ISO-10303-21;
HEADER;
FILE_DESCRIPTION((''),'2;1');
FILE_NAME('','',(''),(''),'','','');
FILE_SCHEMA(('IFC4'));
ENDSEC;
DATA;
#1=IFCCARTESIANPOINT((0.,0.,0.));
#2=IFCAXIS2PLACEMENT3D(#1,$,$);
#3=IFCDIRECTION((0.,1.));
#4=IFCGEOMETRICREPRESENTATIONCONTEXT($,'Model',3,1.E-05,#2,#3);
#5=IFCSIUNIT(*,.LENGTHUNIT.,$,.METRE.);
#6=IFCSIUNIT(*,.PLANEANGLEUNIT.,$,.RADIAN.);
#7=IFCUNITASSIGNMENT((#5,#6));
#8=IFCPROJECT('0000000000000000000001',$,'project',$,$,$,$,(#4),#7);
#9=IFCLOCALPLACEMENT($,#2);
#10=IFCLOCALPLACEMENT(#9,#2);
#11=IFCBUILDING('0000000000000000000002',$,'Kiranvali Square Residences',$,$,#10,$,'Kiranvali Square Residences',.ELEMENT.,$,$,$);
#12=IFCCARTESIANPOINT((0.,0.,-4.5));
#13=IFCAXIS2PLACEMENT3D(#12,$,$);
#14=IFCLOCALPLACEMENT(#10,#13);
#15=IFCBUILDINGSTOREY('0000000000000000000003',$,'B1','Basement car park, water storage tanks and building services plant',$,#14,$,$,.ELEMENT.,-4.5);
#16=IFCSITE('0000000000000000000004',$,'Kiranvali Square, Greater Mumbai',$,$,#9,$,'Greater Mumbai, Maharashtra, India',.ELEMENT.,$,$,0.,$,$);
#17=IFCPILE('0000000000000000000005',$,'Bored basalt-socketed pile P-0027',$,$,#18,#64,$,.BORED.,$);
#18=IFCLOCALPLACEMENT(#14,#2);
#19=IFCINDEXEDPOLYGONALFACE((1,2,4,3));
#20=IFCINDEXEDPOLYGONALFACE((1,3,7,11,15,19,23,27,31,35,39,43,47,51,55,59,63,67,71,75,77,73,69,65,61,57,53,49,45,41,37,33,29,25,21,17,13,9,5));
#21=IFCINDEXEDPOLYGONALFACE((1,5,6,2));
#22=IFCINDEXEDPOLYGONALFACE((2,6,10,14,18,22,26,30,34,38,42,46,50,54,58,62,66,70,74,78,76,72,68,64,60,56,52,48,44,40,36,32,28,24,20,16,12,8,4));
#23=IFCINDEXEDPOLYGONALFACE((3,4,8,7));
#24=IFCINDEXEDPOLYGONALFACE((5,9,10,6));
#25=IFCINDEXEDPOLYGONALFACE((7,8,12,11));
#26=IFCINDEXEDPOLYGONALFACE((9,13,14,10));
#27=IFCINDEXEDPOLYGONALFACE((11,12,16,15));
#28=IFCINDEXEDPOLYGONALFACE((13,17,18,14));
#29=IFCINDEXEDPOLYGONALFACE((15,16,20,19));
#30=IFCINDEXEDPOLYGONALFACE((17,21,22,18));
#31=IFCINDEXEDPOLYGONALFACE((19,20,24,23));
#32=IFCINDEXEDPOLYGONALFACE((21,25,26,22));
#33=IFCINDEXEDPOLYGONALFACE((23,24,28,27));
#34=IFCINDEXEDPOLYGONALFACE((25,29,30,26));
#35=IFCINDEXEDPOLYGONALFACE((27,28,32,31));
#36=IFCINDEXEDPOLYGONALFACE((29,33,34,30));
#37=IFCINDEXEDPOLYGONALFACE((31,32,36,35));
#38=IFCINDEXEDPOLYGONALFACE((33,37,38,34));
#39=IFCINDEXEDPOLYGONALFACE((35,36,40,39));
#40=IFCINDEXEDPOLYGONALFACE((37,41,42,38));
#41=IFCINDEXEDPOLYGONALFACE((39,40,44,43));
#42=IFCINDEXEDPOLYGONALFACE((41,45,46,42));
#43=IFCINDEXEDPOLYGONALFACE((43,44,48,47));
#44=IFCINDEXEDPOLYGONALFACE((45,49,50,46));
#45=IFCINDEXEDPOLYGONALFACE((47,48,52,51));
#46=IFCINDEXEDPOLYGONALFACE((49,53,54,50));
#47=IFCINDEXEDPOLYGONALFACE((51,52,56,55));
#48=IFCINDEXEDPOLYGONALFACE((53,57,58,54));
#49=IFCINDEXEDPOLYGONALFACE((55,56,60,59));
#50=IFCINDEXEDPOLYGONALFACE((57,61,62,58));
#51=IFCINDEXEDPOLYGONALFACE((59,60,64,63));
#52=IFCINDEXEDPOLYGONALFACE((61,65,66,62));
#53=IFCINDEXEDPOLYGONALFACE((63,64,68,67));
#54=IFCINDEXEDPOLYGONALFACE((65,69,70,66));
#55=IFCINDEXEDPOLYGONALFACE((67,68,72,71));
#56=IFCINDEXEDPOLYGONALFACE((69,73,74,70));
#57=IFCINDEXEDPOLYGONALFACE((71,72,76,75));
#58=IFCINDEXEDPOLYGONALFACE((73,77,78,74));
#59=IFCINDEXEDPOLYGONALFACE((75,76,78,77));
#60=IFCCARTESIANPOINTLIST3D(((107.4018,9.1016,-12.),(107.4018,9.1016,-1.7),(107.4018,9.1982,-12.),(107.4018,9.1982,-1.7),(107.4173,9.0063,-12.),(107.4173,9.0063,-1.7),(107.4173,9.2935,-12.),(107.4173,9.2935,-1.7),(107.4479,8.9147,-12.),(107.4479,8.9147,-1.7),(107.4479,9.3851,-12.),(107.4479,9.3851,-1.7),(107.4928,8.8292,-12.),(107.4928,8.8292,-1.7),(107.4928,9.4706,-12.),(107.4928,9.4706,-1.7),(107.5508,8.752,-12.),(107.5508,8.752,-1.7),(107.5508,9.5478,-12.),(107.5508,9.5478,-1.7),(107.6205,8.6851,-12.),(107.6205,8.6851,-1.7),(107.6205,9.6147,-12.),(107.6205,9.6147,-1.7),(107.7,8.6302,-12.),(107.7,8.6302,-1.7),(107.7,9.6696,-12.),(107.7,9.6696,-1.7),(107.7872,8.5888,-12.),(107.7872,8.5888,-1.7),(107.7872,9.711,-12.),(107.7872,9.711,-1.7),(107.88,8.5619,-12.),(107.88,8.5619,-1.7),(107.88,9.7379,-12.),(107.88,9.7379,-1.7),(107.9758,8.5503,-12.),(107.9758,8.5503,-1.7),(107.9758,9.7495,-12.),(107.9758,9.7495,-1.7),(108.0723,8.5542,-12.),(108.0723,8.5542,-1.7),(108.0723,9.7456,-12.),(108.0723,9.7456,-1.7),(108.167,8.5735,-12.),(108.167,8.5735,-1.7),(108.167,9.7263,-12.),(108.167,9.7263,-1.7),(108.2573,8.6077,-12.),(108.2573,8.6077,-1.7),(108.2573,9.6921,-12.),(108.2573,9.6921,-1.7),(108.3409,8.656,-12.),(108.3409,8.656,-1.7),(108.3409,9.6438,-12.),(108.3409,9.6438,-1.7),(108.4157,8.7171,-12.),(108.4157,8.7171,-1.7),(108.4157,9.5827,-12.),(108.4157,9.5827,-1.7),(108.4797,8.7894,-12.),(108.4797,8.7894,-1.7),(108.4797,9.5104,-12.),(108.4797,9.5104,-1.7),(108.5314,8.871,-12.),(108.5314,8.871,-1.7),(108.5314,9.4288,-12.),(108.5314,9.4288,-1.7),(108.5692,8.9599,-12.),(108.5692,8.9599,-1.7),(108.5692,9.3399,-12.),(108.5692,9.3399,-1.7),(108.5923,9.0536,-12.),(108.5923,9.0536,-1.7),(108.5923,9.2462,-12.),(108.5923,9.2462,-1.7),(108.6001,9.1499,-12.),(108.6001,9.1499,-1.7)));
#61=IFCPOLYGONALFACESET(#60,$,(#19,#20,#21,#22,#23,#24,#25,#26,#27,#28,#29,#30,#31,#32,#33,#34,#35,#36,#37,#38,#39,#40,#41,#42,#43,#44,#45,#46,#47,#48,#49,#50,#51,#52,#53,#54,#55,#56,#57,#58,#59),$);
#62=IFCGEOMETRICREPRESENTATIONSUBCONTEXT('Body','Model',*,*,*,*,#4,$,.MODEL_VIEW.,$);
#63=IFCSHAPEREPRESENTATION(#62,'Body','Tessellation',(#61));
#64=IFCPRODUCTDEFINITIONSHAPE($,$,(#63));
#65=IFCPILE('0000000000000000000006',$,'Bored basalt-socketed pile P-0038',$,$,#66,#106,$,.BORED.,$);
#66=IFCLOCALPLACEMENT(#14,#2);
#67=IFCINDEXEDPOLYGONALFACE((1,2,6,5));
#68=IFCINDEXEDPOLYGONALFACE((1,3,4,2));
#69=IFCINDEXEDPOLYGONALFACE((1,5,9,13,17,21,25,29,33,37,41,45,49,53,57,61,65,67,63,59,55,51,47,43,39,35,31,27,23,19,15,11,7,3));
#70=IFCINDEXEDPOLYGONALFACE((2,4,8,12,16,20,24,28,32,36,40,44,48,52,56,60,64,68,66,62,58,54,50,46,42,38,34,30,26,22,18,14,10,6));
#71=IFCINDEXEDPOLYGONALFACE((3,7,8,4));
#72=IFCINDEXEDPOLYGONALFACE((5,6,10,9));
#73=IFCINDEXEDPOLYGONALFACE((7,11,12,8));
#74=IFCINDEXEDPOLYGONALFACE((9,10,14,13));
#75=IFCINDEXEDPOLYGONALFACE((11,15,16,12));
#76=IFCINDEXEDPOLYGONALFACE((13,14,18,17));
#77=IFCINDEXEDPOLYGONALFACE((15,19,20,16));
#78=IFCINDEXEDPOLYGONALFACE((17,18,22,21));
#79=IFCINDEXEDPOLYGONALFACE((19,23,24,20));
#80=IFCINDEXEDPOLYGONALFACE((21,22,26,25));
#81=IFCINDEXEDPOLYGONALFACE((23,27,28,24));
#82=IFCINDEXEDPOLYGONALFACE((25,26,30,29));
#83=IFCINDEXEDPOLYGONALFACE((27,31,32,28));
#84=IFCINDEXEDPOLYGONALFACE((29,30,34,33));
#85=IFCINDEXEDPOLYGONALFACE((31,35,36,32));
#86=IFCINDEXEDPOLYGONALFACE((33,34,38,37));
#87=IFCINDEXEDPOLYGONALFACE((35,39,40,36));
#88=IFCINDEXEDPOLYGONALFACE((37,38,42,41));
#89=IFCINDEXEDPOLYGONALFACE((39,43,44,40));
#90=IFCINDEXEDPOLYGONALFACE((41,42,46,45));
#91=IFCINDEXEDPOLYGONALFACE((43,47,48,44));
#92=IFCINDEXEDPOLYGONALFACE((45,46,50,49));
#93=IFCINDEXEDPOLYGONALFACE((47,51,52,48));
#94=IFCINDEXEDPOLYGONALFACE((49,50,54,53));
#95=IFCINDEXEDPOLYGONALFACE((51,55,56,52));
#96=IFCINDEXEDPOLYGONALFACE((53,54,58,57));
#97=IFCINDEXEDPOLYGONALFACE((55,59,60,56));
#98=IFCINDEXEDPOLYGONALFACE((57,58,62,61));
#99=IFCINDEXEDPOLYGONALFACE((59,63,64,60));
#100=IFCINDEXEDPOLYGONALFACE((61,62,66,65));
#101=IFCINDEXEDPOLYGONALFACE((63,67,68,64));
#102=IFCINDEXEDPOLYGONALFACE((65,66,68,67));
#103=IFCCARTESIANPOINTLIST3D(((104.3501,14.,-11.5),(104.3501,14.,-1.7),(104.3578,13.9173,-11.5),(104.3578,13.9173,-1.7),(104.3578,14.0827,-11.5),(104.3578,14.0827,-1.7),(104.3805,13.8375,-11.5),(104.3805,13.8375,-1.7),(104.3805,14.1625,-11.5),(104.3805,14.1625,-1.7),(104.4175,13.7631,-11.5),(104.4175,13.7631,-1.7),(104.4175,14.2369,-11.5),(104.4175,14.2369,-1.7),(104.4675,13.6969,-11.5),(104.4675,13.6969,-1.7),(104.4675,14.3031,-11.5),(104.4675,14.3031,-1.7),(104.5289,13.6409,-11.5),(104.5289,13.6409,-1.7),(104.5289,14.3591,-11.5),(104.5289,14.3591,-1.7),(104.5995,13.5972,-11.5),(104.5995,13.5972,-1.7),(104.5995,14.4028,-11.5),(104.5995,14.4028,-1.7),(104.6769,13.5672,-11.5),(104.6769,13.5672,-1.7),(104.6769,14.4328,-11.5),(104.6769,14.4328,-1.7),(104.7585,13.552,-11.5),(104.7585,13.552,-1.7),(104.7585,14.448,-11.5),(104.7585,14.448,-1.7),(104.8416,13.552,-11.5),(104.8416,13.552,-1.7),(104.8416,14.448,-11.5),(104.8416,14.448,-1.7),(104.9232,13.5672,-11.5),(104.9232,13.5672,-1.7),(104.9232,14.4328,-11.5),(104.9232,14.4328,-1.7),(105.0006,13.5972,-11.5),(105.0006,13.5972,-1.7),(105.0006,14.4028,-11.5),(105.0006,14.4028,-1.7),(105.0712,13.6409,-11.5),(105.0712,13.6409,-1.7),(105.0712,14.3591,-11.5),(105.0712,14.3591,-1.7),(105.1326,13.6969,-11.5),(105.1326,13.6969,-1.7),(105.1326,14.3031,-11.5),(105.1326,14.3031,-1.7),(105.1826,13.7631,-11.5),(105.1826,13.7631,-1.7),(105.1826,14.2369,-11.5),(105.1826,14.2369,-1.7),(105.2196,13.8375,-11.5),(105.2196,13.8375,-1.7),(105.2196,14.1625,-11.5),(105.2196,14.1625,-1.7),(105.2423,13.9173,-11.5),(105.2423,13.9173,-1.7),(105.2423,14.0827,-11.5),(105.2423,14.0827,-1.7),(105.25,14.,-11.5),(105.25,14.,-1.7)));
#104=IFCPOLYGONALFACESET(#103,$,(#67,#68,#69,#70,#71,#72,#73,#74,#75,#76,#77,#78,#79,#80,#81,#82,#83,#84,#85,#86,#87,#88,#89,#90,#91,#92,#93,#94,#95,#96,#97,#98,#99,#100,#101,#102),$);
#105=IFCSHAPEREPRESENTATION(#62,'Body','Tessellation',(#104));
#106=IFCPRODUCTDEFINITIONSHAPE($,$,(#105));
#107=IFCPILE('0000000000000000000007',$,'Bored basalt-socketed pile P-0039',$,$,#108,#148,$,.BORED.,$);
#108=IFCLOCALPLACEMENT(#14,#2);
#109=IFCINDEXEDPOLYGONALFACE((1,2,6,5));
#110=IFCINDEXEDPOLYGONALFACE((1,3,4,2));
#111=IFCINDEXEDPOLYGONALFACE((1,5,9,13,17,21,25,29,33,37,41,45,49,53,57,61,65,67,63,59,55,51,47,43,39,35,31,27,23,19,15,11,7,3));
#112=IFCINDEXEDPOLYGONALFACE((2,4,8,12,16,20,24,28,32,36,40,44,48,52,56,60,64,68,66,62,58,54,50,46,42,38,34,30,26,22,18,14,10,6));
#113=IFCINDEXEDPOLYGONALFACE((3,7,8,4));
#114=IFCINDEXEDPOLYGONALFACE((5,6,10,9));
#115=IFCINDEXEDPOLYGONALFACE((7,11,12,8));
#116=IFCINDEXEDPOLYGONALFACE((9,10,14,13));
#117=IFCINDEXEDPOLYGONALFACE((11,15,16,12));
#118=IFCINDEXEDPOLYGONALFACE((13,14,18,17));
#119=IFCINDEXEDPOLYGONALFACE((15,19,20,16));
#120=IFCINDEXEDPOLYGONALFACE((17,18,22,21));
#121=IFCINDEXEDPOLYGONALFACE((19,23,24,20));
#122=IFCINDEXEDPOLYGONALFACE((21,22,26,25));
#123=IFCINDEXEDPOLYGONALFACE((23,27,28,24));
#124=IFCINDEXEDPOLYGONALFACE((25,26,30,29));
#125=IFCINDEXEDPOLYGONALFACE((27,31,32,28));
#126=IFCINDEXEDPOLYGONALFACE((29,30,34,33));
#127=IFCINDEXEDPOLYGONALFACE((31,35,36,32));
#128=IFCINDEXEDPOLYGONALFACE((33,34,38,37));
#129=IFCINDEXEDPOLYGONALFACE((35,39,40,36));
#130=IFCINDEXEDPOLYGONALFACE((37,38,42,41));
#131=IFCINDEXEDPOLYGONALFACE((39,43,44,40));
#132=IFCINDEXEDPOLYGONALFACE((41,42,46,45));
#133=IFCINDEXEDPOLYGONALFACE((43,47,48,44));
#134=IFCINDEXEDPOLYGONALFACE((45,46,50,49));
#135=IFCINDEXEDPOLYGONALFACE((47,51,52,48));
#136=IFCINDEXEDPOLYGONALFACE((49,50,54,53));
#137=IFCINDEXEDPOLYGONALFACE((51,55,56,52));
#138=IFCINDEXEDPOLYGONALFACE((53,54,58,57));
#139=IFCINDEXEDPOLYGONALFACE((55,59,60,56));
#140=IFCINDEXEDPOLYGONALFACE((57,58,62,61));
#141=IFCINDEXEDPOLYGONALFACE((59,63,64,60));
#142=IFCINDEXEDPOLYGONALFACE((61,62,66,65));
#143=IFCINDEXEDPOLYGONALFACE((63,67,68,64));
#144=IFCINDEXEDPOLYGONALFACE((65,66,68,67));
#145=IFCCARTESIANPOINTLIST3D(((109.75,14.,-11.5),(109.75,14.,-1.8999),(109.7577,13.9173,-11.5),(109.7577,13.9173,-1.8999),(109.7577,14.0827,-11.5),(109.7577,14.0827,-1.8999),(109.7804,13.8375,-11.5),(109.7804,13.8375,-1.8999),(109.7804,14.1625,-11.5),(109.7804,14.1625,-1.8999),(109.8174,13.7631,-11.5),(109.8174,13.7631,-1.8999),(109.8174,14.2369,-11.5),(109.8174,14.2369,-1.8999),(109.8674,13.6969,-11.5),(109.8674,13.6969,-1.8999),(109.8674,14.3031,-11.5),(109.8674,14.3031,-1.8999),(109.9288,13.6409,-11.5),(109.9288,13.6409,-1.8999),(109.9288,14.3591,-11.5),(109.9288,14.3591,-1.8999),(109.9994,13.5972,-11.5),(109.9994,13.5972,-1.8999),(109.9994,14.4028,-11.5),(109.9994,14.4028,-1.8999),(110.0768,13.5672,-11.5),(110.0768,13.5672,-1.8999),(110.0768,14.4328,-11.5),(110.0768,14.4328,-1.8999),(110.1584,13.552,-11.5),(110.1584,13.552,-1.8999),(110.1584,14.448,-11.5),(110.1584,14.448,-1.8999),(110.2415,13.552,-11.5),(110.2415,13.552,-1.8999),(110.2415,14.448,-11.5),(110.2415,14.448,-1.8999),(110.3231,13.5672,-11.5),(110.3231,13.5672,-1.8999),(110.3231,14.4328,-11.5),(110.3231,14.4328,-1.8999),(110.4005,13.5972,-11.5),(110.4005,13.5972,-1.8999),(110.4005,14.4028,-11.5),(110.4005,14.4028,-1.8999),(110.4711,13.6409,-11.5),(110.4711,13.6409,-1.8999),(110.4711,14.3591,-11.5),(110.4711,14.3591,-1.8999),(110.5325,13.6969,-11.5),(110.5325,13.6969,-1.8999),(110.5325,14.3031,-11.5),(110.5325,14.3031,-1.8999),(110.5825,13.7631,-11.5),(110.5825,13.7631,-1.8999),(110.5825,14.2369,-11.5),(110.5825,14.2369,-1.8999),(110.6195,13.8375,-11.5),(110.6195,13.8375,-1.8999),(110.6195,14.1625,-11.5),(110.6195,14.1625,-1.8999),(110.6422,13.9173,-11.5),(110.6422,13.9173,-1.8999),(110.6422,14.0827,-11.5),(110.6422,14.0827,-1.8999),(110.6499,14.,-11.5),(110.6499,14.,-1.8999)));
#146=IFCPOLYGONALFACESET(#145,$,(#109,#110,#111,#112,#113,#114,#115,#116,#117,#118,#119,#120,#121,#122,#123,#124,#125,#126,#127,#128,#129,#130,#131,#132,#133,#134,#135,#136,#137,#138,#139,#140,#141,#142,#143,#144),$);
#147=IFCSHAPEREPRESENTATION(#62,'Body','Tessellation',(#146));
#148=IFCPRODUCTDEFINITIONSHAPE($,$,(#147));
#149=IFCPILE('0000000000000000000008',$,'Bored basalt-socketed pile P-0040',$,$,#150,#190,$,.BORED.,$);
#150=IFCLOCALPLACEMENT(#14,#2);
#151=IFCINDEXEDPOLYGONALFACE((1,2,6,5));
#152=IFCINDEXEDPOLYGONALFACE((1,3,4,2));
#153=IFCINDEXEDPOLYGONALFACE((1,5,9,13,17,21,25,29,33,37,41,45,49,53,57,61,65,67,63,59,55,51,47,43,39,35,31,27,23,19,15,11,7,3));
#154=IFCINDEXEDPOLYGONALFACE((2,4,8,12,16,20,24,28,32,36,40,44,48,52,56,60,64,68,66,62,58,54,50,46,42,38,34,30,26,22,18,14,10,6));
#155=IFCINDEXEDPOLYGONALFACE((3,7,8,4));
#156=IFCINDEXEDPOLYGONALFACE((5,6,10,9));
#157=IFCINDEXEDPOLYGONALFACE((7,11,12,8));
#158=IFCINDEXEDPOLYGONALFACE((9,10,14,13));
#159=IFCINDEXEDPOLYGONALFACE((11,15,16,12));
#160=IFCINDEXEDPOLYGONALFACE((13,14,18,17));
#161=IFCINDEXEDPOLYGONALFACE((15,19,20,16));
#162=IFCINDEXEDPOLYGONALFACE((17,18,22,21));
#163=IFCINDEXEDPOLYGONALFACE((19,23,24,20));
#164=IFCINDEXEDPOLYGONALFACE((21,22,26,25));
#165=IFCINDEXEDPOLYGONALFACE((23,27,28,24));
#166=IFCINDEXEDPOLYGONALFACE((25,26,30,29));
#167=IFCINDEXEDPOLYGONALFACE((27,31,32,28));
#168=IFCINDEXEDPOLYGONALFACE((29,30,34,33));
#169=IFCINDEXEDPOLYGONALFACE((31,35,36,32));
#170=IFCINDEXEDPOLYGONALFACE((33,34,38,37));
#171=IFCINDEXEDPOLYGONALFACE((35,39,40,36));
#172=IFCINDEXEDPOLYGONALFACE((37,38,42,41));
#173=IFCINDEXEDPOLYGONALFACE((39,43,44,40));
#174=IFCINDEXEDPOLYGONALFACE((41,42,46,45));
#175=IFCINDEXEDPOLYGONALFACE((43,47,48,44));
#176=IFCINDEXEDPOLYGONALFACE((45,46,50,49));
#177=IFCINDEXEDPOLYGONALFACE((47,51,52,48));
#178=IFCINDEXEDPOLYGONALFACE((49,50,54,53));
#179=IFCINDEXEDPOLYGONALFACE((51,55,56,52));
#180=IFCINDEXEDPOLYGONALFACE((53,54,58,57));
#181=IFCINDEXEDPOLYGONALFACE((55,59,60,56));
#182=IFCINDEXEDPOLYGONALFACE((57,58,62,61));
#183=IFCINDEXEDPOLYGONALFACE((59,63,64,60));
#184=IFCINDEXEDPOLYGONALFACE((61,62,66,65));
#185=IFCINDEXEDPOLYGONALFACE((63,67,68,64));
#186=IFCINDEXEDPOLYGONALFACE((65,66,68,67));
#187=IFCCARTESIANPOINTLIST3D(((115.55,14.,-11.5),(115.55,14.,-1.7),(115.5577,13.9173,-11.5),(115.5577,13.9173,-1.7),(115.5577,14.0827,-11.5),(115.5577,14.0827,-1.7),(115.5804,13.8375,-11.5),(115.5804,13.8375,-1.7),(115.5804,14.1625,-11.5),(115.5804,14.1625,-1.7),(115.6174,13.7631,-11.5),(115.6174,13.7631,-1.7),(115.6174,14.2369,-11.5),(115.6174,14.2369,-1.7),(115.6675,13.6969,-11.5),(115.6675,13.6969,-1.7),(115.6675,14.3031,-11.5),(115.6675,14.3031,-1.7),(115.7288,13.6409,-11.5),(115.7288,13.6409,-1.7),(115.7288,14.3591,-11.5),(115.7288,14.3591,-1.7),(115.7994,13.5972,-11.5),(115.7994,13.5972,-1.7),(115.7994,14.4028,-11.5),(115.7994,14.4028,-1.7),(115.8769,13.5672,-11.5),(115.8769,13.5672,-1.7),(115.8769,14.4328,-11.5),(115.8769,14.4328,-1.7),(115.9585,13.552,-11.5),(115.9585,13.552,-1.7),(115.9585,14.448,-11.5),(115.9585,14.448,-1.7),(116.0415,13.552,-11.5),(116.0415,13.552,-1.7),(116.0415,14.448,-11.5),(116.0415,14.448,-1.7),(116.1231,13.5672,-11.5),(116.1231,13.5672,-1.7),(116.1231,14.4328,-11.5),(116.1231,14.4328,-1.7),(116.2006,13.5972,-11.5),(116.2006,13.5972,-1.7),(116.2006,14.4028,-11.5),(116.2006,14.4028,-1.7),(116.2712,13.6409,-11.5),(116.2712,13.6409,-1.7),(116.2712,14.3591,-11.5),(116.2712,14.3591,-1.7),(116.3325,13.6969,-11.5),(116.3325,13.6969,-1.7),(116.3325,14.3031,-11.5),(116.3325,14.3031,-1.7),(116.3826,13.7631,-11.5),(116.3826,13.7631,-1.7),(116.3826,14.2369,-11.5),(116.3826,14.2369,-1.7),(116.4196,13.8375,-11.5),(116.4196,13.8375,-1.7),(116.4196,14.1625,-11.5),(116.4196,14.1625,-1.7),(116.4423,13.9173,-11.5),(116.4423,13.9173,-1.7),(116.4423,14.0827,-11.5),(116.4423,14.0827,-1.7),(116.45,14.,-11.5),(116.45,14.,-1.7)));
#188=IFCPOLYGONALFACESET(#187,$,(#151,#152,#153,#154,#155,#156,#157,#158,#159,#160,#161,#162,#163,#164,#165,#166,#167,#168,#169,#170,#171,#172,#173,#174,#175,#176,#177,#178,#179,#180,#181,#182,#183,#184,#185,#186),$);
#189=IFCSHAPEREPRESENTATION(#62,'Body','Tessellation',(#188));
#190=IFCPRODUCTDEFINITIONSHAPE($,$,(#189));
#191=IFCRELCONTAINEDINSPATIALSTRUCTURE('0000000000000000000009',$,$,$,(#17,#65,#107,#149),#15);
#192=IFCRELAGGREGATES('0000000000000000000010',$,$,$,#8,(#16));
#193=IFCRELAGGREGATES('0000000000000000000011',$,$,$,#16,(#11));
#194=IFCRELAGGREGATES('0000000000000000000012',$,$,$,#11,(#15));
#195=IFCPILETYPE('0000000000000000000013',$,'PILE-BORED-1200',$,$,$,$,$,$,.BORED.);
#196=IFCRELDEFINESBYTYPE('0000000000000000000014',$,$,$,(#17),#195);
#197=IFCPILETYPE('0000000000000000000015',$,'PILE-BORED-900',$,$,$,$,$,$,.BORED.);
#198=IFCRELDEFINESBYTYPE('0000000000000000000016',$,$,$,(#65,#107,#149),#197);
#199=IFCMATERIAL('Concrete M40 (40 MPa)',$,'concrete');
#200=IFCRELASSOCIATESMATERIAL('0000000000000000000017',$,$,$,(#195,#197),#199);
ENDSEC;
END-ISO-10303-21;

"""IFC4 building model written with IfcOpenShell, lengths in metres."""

from ifc_helpers import new_model, si_unit, direction, frame, origin, origin_2d, place, context, subcontext, project, spatial, circle, extrude, material, material_profile, profile_set, type_object, element, save


model = new_model("IFC4")

# Units and contexts
model_context = context("Model", 3, precision=1e-05, world=origin(), true_north=direction((0.0, 1.0)))
body_context = subcontext(model_context, "Body", "Model", "MODEL_VIEW")
ifc_project = project(units=[si_unit("LENGTHUNIT", "METRE"), si_unit("PLANEANGLEUNIT", "RADIAN")], contexts=[model_context])

# Site, building, storey
site_placement = place(None, origin())
site = spatial("IfcSite", under=ifc_project, at=site_placement, Name="Kiranvali Square, Greater Mumbai", LongName="Greater Mumbai, Maharashtra, India", CompositionType="ELEMENT", RefElevation=0.0)
building_placement = place(site_placement, origin())
building = spatial("IfcBuilding", under=site, at=building_placement, Name="Kiranvali Square Residences", LongName="Kiranvali Square Residences", CompositionType="ELEMENT")
storey_placement = place(building_placement, frame((0.0, 0.0, -4.5)))
storey = spatial("IfcBuildingStorey", under=building, at=storey_placement, Name="B1", Description="Basement car park, water storage tanks and building services plant", CompositionType="ELEMENT", Elevation=-4.5)

# Shared definitions
ifc_material_1 = material(Name="Concrete M40 (40 MPa)", Category="concrete")

# Piles
ifc_material_profile_1 = material_profile(ifc_material_1, circle(Radius=0.6001, at=origin_2d()), Name="BORED PILE 1200")
ifc_profile_set_1 = profile_set([ifc_material_profile_1], Name="Concrete M40 (40 MPa)")
pile_type_1 = type_object("IfcPileType", Name="PILE-BORED-1200", PredefinedType="BORED", material=ifc_profile_set_1)
for number, where, z_axis, x_axis, name in (
    (1, (108.0, 9.1499, -1.7), (0.0, 0.0, -1.0), (1.0, 0.0, 0.0), "Bored basalt-socketed pile P-0027"),
):
    element("IfcPile", number, at=place(storey_placement, frame(where, z_axis=z_axis, x_axis=x_axis)), inside=storey, type_object=pile_type_1, Name=name, PredefinedType="BORED", context=body_context, shape_type="SweptSolid", body=[
        extrude(circle(Radius=0.6001, at=origin_2d()), origin(), (0.0, 0.0, 1.0), 10.3),
    ])
ifc_material_profile_2 = material_profile(ifc_material_1, circle(Radius=0.45, at=origin_2d()), Name="BORED PILE 900")
ifc_profile_set_2 = profile_set([ifc_material_profile_2], Name="Concrete M40 (40 MPa)")
pile_type_2 = type_object("IfcPileType", Name="PILE-BORED-900", PredefinedType="BORED", material=ifc_profile_set_2)
pile_1_placement = place(storey_placement, frame((104.8, 14.0, -1.7), z_axis=(0.0, 0.0, -1.0), x_axis=(1.0, 0.0, 0.0)))
element("IfcPile", 2, at=pile_1_placement, inside=storey, type_object=pile_type_2, Name="Bored basalt-socketed pile P-0038", PredefinedType="BORED", context=body_context, shape_type="SweptSolid", body=[
    extrude(circle(Radius=0.45, at=origin_2d()), origin(), (0.0, 0.0, 1.0), 9.8),
])
pile_2_placement = place(storey_placement, frame((110.2, 14.0, -1.8999), z_axis=(0.0, 0.0, -1.0), x_axis=(1.0, 0.0, 0.0)))
element("IfcPile", 3, at=pile_2_placement, inside=storey, type_object=pile_type_2, Name="Bored basalt-socketed pile P-0039", PredefinedType="BORED", context=body_context, shape_type="SweptSolid", body=[
    extrude(circle(Radius=0.45, at=origin_2d()), origin(), (0.0, 0.0, 1.0), 9.6001),
])
pile_3_placement = place(storey_placement, frame((116.0, 14.0, -1.7), z_axis=(0.0, 0.0, -1.0), x_axis=(1.0, 0.0, 0.0)))
element("IfcPile", 4, at=pile_3_placement, inside=storey, type_object=pile_type_2, Name="Bored basalt-socketed pile P-0040", PredefinedType="BORED", context=body_context, shape_type="SweptSolid", body=[
    extrude(circle(Radius=0.45, at=origin_2d()), origin(), (0.0, 0.0, 1.0), 9.8),
])

save(model, "model.ifc")
